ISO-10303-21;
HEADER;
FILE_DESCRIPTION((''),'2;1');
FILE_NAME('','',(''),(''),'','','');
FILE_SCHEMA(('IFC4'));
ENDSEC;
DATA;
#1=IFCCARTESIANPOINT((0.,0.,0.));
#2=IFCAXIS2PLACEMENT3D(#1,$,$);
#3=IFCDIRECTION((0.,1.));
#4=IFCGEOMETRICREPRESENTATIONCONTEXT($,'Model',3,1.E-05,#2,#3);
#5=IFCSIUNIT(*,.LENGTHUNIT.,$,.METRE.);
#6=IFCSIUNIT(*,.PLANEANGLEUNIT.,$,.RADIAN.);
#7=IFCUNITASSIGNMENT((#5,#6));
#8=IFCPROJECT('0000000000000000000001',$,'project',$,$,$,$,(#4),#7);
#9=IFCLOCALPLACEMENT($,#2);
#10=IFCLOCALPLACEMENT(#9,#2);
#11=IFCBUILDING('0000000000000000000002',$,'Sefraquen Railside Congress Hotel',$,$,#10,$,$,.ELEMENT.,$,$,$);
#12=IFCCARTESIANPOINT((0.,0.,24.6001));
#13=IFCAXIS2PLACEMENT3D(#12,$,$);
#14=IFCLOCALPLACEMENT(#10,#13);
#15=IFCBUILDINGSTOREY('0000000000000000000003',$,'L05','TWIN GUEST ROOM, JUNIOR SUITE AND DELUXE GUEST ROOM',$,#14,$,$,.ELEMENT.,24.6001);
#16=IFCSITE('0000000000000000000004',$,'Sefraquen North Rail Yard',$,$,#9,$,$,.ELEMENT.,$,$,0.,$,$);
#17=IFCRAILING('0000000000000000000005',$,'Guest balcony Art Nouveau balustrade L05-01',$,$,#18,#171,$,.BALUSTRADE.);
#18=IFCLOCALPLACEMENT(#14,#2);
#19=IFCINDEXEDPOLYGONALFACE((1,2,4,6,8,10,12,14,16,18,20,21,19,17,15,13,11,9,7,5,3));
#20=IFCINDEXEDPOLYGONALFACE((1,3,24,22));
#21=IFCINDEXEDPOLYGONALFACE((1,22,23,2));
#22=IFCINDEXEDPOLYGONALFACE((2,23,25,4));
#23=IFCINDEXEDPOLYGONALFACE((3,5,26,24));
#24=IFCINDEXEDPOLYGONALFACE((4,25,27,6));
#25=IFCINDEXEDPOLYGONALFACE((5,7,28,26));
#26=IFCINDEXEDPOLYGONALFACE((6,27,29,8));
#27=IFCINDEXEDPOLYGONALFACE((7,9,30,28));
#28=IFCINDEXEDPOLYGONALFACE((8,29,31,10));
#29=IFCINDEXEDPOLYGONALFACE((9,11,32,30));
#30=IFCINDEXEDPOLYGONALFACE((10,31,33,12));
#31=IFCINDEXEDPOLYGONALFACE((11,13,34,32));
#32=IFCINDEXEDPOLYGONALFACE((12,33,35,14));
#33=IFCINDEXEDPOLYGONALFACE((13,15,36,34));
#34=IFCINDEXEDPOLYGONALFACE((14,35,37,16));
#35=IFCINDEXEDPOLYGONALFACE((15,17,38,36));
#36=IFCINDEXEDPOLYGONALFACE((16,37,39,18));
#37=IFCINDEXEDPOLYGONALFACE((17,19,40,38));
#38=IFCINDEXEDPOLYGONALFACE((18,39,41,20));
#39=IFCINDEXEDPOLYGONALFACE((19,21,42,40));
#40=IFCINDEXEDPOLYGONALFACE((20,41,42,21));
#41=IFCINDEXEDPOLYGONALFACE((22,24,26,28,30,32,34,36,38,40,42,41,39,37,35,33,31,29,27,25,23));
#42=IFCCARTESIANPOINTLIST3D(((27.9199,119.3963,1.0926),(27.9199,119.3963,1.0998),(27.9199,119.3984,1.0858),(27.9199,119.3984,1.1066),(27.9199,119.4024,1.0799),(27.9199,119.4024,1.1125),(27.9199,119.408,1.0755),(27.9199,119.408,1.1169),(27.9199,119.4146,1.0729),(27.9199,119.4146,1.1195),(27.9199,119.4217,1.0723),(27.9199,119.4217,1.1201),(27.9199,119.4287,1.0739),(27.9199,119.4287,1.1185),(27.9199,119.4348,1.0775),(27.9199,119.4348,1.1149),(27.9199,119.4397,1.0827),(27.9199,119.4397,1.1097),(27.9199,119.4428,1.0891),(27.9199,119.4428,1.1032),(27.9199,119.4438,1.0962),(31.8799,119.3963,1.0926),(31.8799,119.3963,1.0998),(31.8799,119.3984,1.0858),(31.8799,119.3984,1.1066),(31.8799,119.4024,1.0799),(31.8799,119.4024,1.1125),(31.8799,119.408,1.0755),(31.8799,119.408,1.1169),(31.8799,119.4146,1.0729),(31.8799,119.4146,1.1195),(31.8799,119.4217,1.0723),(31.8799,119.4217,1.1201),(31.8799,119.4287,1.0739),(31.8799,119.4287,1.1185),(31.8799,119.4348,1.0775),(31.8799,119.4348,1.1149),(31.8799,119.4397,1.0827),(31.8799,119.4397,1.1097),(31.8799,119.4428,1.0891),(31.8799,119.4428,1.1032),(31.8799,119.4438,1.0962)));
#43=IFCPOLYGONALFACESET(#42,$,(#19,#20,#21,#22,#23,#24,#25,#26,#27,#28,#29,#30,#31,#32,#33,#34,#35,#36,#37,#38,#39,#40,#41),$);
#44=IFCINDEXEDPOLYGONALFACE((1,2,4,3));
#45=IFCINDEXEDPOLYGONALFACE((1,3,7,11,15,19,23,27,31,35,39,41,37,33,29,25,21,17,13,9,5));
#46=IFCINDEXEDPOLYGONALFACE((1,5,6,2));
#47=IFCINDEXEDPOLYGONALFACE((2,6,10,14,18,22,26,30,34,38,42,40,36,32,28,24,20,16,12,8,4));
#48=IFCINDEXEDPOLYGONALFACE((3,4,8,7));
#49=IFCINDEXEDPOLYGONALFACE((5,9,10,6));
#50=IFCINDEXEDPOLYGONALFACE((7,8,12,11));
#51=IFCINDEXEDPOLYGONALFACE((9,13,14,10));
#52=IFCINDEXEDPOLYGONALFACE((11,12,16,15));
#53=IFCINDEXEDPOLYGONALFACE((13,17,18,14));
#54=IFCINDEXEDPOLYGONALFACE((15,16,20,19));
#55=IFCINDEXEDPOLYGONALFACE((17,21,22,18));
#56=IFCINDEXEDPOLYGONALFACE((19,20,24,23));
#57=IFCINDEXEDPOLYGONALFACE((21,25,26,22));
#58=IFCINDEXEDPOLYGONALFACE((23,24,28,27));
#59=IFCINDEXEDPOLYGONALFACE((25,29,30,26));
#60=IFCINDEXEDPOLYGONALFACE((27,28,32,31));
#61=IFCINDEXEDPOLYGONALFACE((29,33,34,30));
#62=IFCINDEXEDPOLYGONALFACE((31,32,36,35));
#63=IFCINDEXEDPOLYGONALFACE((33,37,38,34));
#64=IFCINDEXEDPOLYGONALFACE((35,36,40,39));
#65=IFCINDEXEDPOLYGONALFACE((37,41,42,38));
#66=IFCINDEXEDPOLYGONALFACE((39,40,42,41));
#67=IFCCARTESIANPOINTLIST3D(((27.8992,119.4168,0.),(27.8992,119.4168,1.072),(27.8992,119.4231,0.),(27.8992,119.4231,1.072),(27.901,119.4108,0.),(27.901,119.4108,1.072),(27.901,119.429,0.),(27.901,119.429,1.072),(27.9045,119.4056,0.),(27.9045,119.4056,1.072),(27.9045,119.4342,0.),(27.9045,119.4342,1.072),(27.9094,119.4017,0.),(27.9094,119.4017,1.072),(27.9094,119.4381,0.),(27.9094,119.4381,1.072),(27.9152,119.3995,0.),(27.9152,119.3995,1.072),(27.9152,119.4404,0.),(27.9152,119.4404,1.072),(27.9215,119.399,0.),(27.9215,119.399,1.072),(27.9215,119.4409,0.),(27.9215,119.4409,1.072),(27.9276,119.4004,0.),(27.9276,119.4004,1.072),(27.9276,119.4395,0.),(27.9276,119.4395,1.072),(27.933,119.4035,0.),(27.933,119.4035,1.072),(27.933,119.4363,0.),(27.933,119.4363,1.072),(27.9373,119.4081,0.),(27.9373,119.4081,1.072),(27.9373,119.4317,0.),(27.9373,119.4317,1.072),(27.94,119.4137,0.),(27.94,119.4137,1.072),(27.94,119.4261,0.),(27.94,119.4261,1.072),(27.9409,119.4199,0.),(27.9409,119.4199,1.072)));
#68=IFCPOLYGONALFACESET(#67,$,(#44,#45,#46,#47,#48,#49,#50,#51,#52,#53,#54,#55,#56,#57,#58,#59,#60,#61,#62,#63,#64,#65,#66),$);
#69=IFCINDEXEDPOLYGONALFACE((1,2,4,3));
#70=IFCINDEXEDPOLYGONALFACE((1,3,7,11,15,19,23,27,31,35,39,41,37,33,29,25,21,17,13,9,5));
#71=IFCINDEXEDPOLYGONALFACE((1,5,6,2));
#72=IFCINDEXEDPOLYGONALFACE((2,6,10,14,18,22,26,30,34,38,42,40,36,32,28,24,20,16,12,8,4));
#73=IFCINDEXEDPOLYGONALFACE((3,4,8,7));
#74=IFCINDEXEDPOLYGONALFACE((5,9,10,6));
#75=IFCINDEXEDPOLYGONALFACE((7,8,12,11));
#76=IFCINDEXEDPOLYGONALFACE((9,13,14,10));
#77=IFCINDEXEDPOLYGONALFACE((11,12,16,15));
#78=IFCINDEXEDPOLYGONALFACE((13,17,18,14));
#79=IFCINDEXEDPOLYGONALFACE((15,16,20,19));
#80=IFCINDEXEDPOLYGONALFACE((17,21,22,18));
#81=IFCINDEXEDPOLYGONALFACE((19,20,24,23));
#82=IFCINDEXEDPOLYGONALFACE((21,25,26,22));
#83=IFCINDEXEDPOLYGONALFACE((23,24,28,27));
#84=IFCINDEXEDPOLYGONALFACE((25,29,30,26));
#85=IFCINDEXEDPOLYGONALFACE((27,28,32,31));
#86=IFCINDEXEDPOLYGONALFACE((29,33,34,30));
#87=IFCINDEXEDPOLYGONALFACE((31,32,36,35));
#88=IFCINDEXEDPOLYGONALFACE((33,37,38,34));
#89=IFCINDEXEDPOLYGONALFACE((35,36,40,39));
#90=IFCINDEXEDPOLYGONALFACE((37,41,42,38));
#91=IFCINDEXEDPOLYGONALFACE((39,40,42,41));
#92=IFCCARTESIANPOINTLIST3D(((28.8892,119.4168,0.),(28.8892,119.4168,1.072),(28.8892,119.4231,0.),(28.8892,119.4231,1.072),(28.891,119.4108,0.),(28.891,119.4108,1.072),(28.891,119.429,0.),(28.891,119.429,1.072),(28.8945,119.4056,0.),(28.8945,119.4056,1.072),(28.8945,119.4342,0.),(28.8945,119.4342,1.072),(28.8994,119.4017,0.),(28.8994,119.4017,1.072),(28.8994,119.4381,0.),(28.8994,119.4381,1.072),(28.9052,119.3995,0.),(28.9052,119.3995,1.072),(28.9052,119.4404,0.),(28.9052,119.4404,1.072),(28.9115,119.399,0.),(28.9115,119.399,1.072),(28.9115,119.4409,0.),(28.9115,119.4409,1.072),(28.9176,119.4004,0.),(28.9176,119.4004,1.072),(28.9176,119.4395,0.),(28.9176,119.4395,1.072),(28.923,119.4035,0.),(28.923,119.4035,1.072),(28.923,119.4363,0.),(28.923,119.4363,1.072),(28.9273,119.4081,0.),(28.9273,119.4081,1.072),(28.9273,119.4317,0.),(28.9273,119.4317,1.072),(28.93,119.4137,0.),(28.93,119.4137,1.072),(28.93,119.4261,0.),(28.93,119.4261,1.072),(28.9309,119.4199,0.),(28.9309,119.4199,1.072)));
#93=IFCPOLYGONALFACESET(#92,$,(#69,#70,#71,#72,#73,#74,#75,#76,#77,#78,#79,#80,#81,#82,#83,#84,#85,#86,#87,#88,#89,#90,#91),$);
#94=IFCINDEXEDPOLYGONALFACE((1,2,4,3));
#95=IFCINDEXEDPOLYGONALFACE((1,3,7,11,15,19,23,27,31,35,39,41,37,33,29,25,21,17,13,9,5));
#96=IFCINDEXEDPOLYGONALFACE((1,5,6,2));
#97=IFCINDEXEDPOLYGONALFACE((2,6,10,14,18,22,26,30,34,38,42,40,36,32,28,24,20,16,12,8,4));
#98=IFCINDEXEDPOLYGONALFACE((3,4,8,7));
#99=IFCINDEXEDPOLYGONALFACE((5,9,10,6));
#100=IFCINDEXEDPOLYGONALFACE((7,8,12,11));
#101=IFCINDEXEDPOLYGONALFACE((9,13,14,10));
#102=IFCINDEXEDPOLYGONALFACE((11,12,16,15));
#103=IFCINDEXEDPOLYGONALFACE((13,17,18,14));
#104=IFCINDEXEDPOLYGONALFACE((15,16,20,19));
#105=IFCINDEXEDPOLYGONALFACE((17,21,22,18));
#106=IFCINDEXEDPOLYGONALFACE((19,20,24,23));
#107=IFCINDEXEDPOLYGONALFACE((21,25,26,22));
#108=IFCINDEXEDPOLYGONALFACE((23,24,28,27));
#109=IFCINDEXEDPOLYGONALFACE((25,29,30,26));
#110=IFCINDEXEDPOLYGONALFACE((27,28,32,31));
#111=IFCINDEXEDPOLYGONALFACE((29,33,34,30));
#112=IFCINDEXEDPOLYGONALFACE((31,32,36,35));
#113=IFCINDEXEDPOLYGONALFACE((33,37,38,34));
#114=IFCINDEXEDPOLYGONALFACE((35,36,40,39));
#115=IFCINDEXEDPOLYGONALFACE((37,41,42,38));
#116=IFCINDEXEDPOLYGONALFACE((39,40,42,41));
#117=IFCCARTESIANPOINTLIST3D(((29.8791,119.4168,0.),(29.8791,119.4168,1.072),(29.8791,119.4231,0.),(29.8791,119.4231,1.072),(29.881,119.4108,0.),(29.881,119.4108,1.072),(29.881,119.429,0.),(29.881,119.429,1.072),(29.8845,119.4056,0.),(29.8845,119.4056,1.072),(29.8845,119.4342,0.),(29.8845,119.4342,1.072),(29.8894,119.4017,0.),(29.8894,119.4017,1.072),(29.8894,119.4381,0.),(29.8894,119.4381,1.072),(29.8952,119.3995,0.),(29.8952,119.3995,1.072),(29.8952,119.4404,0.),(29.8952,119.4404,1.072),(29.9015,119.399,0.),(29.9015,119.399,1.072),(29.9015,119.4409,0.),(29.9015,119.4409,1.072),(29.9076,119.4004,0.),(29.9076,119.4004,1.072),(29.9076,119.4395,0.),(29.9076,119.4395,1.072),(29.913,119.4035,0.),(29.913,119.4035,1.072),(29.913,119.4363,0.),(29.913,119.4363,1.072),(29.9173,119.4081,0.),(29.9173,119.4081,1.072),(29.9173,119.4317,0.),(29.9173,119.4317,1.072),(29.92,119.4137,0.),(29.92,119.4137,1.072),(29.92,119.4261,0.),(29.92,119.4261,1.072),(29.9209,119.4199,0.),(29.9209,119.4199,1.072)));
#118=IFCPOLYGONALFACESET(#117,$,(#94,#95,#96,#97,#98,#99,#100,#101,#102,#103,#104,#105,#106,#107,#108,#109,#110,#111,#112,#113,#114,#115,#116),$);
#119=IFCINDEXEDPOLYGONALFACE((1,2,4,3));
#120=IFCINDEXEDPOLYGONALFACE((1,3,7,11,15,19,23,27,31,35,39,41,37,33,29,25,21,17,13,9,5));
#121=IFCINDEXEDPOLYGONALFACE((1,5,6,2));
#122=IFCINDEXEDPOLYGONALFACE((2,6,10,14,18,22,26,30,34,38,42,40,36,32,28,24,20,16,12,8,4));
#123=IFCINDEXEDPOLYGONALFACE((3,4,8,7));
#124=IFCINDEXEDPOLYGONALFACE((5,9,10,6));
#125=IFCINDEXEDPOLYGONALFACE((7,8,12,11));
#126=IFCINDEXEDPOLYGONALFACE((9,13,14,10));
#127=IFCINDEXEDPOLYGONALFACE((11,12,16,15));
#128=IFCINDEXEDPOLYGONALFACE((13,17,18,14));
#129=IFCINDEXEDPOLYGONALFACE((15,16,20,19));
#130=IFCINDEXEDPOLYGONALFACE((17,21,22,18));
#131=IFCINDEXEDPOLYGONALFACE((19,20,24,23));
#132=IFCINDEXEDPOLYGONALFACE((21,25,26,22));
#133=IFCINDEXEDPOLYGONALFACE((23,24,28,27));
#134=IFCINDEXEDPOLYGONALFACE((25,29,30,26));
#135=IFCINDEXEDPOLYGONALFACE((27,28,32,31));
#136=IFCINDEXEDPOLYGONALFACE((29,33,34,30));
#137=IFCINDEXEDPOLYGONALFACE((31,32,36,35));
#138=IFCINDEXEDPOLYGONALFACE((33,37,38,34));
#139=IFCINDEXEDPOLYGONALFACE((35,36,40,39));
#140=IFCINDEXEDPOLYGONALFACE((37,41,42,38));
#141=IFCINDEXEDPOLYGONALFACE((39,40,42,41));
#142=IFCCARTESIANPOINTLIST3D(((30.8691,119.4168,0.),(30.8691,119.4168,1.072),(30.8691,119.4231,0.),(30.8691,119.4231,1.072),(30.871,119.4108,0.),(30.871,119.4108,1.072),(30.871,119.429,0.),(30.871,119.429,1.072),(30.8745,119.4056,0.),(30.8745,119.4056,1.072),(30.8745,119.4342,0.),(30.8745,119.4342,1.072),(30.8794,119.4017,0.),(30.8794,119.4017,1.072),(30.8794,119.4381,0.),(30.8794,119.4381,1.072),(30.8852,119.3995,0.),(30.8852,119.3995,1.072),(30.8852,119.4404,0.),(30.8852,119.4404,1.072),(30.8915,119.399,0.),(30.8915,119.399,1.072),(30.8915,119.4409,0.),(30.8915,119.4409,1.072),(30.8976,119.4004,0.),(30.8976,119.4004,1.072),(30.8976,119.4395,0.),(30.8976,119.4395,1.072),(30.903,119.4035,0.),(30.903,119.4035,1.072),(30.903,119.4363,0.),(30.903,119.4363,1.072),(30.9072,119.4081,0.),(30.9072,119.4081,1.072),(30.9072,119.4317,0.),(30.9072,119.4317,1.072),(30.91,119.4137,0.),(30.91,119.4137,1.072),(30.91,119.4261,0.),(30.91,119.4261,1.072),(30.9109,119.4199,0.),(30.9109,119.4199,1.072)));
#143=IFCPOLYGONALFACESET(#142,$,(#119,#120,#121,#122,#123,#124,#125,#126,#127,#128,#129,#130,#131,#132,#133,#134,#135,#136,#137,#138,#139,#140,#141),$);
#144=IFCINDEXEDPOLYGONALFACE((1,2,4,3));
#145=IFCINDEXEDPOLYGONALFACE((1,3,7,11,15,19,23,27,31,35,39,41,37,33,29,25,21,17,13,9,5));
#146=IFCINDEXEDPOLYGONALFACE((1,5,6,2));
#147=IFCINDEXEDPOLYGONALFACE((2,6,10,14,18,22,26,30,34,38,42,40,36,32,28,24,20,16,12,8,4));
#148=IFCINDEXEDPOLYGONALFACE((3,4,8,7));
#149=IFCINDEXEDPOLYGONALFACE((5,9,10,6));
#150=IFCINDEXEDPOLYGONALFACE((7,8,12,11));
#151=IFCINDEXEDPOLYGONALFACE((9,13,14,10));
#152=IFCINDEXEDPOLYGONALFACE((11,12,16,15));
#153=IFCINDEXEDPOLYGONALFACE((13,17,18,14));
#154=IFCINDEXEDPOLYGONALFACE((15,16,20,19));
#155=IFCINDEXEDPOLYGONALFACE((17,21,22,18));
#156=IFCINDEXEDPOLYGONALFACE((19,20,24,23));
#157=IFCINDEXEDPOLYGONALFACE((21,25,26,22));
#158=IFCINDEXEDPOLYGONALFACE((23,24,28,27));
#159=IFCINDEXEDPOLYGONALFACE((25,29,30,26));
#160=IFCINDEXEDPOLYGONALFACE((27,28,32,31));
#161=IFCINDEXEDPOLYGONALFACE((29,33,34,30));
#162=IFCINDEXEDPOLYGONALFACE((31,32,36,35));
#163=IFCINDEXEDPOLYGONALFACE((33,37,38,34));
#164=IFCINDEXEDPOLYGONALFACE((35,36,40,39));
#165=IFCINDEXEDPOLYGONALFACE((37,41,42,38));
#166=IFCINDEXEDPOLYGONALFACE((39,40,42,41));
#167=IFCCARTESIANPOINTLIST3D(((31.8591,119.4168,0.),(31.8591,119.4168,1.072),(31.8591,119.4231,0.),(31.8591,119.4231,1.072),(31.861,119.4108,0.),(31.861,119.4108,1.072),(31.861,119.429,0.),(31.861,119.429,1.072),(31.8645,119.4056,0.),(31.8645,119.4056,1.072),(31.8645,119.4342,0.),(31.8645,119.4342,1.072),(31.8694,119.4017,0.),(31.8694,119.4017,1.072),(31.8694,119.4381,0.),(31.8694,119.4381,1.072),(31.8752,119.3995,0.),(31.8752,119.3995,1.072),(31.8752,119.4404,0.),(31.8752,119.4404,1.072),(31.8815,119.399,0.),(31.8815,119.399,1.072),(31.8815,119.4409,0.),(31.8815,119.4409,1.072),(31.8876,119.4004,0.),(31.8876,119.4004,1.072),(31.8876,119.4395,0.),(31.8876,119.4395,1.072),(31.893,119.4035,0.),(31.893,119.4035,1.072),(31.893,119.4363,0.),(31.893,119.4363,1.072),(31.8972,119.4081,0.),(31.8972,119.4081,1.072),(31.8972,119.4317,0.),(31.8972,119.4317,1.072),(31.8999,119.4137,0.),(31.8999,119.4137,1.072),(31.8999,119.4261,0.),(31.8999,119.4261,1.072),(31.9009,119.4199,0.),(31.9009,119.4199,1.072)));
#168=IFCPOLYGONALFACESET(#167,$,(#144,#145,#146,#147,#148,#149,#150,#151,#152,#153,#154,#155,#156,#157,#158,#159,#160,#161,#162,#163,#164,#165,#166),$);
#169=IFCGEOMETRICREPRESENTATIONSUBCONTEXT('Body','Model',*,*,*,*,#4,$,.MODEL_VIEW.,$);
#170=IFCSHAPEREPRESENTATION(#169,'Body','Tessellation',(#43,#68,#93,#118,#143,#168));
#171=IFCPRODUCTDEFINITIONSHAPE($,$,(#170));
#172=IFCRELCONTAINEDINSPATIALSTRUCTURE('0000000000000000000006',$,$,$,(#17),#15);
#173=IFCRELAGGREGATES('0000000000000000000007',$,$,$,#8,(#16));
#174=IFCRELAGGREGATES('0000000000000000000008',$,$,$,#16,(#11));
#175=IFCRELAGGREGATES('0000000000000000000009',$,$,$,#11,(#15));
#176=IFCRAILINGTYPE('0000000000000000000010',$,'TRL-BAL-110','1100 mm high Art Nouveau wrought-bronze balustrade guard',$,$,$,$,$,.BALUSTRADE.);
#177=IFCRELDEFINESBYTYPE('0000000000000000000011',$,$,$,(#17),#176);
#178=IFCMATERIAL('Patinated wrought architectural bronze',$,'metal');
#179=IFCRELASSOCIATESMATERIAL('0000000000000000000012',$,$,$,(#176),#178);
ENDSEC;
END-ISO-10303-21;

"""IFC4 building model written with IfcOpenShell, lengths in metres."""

from ifc_helpers import new_model, si_unit, direction, frame, origin, origin_2d, place, context, subcontext, project, spatial, circle, extrude, material, type_object, element, save


model = new_model("IFC4")

# Units and contexts
model_context = context("Model", 3, precision=1e-05, world=origin(), true_north=direction((0.0, 1.0)))
body_context = subcontext(model_context, "Body", "Model", "MODEL_VIEW")
ifc_project = project(units=[si_unit("LENGTHUNIT", "METRE"), si_unit("PLANEANGLEUNIT", "RADIAN")], contexts=[model_context])

# Site, building, storey
site_placement = place(None, origin())
site = spatial("IfcSite", under=ifc_project, at=site_placement, Name="Sefraquen North Rail Yard", CompositionType="ELEMENT", RefElevation=0.0)
building_placement = place(site_placement, origin())
building = spatial("IfcBuilding", under=site, at=building_placement, Name="Sefraquen Railside Congress Hotel", CompositionType="ELEMENT")
storey_placement = place(building_placement, frame((0.0, 0.0, 24.6001)))
storey = spatial("IfcBuildingStorey", under=building, at=storey_placement, Name="L05", Description="TWIN GUEST ROOM, JUNIOR SUITE AND DELUXE GUEST ROOM", CompositionType="ELEMENT", Elevation=24.6001)

# Railing
ifc_material_1 = material(Name="Patinated wrought architectural bronze", Category="metal")
railing_type = type_object("IfcRailingType", Name="TRL-BAL-110", Description="1100 mm high Art Nouveau wrought-bronze balustrade guard", PredefinedType="BALUSTRADE", material=ifc_material_1)
railing_1_placement = place(storey_placement, frame((27.9199, 119.4199, 0.0)))
element("IfcRailing", 1, at=railing_1_placement, inside=storey, type_object=railing_type, Name="Guest balcony Art Nouveau balustrade L05-01", PredefinedType="BALUSTRADE", context=body_context, shape_type="SweptSolid", body=[
    extrude(circle(Radius=0.0239, at=origin_2d()), frame((0.0, 0.0, 1.0962), z_axis=(1.0, 0.0, 0.0), x_axis=(0.0, 1.0, 0.0)), (0.0, 0.0, 1.0), 3.96),
    extrude(circle(Radius=0.021, at=origin_2d()), origin(), (0.0, 0.0, 1.0), 1.072),
    extrude(circle(Radius=0.021, at=origin_2d()), frame((0.99, 0.0, 0.0)), (0.0, 0.0, 1.0), 1.072),
    extrude(circle(Radius=0.021, at=origin_2d()), frame((1.98, 0.0, 0.0)), (0.0, 0.0, 1.0), 1.072),
    extrude(circle(Radius=0.021, at=origin_2d()), frame((2.97, 0.0, 0.0)), (0.0, 0.0, 1.0), 1.072),
    extrude(circle(Radius=0.021, at=origin_2d()), frame((3.96, 0.0, 0.0)), (0.0, 0.0, 1.0), 1.072),
])

save(model, "model.ifc")
